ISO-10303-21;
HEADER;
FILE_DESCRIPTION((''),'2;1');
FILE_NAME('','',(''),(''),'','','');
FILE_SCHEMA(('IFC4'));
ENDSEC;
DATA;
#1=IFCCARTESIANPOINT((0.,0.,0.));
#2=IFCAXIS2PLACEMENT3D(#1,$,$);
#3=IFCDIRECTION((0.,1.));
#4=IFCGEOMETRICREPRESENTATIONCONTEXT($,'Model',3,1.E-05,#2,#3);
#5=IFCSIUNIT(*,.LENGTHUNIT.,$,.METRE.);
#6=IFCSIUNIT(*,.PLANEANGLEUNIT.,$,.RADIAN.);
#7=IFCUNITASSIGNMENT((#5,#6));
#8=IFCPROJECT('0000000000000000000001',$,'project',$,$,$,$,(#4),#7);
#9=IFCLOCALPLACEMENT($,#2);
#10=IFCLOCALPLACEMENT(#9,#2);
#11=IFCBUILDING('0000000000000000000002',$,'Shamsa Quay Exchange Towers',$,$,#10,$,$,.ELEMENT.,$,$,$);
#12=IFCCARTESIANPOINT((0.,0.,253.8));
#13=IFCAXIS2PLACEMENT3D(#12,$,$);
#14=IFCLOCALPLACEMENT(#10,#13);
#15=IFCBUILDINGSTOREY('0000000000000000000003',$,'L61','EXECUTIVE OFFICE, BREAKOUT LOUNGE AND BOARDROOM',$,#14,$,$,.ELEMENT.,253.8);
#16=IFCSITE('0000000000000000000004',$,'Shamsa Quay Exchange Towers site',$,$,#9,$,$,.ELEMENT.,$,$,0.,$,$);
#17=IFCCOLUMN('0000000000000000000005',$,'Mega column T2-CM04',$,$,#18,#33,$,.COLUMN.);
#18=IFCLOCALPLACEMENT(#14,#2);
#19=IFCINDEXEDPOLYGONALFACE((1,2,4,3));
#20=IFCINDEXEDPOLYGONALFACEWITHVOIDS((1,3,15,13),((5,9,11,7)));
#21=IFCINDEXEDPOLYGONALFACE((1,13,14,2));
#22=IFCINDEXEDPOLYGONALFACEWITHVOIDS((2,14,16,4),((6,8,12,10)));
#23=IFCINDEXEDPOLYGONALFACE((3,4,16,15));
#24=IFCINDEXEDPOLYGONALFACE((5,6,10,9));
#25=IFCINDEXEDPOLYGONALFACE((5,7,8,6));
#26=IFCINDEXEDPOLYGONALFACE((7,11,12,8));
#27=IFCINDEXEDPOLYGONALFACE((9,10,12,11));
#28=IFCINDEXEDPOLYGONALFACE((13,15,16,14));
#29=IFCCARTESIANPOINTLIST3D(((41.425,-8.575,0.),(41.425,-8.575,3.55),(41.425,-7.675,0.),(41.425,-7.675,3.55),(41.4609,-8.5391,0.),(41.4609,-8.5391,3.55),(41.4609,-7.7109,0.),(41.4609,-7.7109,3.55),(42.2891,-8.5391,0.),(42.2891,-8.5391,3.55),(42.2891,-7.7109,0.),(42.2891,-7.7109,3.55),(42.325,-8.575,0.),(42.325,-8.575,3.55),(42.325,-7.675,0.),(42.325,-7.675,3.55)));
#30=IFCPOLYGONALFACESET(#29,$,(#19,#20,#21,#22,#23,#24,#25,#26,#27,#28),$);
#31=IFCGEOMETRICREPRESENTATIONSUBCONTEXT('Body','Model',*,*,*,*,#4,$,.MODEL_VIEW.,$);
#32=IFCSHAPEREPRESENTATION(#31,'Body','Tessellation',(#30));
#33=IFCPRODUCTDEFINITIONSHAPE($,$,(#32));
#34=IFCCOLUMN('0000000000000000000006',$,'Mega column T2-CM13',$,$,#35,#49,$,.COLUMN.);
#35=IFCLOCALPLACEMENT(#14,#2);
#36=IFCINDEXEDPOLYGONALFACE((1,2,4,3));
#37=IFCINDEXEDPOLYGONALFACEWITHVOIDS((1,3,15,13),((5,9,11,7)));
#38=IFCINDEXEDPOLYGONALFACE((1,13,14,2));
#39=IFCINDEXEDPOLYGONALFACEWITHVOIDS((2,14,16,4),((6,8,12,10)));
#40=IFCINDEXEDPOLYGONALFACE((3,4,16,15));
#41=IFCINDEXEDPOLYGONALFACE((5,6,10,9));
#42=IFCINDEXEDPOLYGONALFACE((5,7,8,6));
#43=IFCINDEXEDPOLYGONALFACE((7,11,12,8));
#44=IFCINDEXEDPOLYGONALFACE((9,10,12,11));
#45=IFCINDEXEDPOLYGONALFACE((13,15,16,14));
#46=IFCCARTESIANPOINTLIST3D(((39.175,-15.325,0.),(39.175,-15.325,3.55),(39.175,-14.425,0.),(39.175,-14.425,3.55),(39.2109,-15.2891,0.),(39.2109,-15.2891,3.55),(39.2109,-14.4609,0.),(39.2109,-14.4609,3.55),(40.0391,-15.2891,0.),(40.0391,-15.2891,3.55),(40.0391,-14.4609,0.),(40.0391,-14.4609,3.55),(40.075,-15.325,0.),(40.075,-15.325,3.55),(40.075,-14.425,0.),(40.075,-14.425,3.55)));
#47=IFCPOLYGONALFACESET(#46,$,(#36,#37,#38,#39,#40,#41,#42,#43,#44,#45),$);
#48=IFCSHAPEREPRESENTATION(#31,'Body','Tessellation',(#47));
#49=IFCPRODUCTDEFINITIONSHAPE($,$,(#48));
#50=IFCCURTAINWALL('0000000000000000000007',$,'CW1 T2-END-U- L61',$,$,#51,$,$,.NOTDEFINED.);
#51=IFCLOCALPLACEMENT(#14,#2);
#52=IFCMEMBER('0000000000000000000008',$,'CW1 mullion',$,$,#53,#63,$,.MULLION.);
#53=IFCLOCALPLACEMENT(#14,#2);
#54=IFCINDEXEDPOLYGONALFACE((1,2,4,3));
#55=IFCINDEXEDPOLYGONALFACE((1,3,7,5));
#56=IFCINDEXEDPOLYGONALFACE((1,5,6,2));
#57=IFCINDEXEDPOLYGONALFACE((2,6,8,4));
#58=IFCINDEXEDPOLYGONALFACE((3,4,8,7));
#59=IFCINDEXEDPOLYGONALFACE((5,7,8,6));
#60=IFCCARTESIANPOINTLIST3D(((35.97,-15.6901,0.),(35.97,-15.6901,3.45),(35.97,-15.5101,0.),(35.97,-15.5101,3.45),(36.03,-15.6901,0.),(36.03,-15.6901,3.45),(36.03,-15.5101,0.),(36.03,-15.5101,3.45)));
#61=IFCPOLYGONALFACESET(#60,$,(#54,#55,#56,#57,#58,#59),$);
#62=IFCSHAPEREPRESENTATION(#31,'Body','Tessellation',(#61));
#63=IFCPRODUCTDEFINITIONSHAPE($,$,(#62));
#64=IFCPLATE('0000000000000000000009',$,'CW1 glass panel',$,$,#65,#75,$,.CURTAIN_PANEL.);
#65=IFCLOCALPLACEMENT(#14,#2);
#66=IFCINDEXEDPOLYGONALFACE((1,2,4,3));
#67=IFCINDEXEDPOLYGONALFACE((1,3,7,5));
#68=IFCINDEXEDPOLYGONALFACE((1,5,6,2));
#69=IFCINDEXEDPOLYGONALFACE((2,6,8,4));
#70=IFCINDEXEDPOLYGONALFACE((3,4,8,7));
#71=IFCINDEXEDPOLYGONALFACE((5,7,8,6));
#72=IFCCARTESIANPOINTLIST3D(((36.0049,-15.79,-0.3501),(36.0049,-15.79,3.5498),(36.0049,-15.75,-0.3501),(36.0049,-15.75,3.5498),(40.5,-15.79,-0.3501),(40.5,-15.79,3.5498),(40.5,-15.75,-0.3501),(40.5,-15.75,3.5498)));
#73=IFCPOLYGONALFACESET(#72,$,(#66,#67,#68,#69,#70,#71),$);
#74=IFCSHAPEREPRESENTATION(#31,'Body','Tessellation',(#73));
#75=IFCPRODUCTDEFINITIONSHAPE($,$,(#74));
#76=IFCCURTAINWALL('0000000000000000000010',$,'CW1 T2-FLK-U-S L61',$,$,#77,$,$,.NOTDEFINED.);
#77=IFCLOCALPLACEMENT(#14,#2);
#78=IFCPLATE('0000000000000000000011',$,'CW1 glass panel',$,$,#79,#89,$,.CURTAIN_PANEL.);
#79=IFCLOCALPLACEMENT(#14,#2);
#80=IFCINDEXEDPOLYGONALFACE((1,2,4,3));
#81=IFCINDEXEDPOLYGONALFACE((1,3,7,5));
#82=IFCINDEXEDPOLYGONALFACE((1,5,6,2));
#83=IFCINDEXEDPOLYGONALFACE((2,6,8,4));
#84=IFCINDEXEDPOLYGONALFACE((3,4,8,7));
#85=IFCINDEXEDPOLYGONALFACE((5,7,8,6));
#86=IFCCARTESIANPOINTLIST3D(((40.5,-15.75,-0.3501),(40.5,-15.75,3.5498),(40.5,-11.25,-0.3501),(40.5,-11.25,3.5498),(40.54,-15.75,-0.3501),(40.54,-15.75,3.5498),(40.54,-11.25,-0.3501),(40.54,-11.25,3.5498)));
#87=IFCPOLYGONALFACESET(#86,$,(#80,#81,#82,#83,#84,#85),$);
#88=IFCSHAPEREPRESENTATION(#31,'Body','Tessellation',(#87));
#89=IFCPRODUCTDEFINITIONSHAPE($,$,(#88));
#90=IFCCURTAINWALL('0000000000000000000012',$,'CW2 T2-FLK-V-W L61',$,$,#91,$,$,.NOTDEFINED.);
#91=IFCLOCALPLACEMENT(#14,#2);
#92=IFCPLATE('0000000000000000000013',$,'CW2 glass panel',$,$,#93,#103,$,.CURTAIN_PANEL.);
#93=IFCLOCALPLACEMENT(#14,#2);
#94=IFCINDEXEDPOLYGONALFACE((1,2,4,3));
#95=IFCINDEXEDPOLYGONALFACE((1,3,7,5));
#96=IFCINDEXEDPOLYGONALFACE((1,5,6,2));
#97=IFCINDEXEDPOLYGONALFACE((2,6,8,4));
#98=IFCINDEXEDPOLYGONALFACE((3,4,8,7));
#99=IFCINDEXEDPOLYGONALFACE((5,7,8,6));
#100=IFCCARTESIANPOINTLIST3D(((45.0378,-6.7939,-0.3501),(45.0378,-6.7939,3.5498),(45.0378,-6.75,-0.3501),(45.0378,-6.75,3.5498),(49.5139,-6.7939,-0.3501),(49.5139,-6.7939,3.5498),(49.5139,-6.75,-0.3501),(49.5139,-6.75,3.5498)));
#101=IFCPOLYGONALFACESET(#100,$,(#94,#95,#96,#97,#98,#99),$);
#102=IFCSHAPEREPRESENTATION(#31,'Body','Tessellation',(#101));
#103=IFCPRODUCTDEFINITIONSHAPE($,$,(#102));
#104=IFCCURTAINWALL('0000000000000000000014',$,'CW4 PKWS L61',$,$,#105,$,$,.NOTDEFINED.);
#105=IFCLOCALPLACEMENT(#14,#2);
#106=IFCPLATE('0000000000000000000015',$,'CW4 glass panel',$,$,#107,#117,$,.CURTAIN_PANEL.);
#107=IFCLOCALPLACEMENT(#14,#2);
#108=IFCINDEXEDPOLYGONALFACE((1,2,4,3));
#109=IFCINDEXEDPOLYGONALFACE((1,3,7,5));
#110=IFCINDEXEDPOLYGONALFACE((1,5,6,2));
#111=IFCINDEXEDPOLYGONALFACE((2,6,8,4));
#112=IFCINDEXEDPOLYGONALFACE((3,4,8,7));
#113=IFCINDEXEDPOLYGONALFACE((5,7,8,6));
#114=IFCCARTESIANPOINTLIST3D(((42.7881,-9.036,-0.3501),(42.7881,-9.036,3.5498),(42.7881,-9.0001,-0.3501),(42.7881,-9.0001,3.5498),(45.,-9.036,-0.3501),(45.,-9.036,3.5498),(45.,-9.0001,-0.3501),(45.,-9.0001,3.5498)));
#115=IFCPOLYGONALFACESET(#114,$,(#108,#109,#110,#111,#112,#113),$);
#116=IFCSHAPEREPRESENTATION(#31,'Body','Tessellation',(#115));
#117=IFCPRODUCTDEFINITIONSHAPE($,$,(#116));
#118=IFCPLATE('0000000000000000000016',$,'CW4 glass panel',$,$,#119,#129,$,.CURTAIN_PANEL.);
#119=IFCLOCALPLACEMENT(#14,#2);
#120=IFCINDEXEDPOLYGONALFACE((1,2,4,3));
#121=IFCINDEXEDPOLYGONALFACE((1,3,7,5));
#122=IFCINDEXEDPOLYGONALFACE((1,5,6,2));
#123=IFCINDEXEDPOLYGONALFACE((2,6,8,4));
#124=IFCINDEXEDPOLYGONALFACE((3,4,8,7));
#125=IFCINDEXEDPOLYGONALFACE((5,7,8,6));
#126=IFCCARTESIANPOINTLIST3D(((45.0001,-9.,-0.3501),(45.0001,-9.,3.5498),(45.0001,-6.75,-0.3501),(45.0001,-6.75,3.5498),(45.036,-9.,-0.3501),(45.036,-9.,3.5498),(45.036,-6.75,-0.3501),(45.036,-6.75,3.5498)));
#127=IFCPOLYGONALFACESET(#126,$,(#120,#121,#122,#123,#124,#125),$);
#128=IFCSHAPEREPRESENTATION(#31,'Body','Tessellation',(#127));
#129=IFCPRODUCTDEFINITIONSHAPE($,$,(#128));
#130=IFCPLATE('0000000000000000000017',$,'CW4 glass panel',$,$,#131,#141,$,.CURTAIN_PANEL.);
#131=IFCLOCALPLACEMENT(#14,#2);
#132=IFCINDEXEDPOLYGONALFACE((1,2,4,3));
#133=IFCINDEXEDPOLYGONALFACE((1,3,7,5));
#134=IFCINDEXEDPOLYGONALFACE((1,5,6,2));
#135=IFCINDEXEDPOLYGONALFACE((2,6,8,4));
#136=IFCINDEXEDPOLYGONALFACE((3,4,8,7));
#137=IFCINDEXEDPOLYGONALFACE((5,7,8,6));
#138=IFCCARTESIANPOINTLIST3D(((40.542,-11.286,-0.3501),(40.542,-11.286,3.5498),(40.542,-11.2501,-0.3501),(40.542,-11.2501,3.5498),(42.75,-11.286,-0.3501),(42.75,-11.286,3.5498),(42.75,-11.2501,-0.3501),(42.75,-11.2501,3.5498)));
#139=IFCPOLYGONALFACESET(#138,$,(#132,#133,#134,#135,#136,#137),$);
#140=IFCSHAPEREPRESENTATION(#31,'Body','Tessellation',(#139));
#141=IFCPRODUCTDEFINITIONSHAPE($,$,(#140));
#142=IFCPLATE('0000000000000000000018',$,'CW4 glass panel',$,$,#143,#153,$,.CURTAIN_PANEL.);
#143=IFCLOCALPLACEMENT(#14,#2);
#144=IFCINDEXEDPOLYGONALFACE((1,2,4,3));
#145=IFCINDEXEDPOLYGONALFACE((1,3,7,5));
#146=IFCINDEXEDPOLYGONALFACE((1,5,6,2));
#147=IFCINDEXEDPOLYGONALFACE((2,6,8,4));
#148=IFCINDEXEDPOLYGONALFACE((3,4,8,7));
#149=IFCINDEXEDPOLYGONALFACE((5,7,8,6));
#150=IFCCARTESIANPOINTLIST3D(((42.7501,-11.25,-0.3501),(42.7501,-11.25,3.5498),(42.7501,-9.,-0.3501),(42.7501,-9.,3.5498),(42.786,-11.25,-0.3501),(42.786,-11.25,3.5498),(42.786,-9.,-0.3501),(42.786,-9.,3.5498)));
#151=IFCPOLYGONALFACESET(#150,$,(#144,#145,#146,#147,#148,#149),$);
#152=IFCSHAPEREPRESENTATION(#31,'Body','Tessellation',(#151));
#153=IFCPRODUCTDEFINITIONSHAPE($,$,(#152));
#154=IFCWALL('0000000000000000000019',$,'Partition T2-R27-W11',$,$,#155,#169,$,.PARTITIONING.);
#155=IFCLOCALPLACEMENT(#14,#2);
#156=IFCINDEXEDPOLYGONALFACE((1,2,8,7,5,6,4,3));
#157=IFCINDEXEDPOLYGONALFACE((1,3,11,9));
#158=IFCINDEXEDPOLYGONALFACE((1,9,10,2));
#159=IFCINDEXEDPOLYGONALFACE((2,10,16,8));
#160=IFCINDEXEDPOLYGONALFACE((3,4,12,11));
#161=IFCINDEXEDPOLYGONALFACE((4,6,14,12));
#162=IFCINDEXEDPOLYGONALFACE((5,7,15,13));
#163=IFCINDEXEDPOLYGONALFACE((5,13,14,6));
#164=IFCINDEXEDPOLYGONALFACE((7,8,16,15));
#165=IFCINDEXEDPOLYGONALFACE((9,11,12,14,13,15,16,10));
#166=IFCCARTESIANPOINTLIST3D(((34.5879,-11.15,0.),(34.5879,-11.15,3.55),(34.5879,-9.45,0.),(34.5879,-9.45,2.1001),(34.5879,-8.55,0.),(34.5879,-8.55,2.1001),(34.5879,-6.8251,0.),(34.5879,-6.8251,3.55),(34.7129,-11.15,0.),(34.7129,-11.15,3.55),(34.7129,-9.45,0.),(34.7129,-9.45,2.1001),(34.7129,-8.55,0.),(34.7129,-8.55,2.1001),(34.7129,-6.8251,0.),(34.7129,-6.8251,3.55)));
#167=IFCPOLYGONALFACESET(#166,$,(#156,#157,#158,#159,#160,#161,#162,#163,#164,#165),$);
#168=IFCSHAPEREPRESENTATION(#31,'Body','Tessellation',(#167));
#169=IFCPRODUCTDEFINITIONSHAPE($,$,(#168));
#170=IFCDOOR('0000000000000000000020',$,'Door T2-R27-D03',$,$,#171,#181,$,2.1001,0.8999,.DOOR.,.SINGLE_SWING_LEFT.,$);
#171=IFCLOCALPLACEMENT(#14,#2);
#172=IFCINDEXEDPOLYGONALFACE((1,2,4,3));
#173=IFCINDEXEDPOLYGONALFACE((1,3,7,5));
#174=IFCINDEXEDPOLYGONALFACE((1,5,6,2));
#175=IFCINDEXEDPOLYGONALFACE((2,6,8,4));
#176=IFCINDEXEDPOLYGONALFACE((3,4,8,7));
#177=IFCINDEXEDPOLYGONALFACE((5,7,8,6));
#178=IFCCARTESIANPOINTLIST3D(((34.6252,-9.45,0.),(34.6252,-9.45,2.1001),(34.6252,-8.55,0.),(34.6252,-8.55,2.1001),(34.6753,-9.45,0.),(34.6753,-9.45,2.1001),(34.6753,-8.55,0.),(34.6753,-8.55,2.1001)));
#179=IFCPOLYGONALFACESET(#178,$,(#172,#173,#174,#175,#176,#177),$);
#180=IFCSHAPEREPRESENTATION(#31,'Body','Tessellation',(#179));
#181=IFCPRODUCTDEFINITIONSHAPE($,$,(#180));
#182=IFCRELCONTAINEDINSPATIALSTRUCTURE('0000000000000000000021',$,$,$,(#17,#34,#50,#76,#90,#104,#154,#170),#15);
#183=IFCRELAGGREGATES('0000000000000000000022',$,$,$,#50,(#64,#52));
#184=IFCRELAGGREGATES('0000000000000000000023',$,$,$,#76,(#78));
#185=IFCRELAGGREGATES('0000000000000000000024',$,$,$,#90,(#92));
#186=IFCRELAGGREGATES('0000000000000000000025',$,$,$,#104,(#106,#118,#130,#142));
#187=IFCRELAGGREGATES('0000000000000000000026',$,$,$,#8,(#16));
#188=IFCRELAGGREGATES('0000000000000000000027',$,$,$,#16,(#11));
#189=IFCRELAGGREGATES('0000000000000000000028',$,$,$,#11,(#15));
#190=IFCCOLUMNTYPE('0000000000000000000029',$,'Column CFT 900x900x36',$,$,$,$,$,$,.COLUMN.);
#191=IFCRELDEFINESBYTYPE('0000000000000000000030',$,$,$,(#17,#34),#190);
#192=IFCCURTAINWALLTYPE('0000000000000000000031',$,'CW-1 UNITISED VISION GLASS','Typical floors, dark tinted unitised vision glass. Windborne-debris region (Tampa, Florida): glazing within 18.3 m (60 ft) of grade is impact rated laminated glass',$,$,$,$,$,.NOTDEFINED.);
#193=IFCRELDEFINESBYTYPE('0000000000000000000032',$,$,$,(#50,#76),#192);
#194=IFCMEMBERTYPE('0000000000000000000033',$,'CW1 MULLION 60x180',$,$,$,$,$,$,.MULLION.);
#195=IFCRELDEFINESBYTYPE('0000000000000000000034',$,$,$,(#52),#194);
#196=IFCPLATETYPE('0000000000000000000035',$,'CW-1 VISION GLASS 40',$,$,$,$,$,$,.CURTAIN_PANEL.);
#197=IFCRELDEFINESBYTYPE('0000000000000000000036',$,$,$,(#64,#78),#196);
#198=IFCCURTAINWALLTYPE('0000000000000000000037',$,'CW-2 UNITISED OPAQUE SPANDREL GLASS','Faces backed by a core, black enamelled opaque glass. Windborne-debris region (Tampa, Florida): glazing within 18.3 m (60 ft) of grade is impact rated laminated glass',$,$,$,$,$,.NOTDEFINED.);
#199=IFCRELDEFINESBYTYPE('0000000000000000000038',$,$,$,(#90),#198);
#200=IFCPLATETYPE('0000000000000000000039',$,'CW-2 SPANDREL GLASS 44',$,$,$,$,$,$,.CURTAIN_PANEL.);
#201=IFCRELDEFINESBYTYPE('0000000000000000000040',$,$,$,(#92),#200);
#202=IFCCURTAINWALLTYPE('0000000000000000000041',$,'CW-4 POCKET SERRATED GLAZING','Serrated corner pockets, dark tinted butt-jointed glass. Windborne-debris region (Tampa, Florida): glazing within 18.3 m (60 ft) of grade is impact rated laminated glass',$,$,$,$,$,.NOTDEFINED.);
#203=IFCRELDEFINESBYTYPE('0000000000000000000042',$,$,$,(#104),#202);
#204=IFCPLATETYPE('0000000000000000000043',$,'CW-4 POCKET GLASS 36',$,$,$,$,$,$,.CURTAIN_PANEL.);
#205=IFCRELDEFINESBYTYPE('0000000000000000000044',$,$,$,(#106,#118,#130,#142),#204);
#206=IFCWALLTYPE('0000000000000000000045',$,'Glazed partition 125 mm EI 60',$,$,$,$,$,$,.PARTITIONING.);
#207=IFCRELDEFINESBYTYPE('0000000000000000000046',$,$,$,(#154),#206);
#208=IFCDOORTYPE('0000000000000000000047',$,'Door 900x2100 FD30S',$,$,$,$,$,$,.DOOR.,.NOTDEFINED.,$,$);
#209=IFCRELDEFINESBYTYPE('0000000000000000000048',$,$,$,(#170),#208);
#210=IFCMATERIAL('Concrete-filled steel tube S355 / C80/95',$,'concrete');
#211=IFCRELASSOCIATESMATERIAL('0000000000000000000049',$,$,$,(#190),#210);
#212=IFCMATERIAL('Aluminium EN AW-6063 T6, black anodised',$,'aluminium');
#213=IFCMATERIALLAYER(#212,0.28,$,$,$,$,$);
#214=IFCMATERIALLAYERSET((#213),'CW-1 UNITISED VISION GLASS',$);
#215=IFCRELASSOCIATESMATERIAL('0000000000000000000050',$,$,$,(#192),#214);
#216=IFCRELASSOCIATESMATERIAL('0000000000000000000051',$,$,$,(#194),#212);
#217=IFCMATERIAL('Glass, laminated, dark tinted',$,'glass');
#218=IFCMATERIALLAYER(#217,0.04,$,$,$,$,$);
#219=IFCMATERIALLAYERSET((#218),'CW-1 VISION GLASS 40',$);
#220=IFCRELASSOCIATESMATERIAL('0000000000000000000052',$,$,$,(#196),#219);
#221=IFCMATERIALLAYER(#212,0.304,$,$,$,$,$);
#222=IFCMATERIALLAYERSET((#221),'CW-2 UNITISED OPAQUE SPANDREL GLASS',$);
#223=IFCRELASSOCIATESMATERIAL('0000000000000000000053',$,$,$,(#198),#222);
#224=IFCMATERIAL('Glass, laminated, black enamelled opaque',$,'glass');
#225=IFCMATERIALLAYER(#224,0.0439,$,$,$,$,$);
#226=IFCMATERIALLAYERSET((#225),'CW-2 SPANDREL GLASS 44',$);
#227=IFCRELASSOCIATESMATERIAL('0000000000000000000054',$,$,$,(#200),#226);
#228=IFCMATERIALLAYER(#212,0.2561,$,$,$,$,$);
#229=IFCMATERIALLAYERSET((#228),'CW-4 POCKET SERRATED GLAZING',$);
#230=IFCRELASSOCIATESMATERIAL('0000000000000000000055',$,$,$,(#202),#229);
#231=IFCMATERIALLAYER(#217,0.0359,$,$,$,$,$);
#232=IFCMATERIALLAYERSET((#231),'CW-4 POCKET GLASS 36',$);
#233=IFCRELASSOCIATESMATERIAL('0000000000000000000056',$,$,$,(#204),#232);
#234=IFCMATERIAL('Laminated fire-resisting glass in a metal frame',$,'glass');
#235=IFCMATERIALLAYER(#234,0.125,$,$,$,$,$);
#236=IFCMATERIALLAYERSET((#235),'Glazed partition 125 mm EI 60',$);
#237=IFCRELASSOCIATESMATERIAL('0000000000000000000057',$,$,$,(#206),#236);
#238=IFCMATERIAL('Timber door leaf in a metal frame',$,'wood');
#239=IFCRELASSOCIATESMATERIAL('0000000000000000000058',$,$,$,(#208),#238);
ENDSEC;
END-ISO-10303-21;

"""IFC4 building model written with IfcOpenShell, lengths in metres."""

from ifc_helpers import new_model, si_unit, direction, frame, frame_2d, origin, origin_2d, place, context, subcontext, project, spatial, rectangle, hollow_rectangle, extrude, material, layer, layer_set, material_profile, profile_set, type_object, element, fill, aggregate, save


model = new_model("IFC4")

# Units and contexts
model_context = context("Model", 3, precision=1e-05, world=origin(), true_north=direction((0.0, 1.0)))
body_context = subcontext(model_context, "Body", "Model", "MODEL_VIEW")
ifc_project = project(units=[si_unit("LENGTHUNIT", "METRE"), si_unit("PLANEANGLEUNIT", "RADIAN")], contexts=[model_context])

# Site, building, storey
site_placement = place(None, origin())
site = spatial("IfcSite", under=ifc_project, at=site_placement, Name="Shamsa Quay Exchange Towers site", CompositionType="ELEMENT", RefElevation=0.0)
building_placement = place(site_placement, origin())
building = spatial("IfcBuilding", under=site, at=building_placement, Name="Shamsa Quay Exchange Towers", CompositionType="ELEMENT")
storey_placement = place(building_placement, frame((0.0, 0.0, 253.8)))
storey = spatial("IfcBuildingStorey", under=building, at=storey_placement, Name="L61", Description="EXECUTIVE OFFICE, BREAKOUT LOUNGE AND BOARDROOM", CompositionType="ELEMENT", Elevation=253.8)

# Columns
ifc_material_1 = material(Name="Concrete-filled steel tube S355 / C80/95", Category="concrete")
ifc_material_profile_1 = material_profile(ifc_material_1, hollow_rectangle(XDim=0.8999, YDim=0.8999, WallThickness=0.0359, at=origin_2d()), Name="CFT 900x900x36")
ifc_profile_set_1 = profile_set([ifc_material_profile_1], Name="Concrete-filled steel tube S355 / C80/95")
column_type = type_object("IfcColumnType", Name="Column CFT 900x900x36", PredefinedType="COLUMN", material=ifc_profile_set_1)
for number, where, name in (
    (1, (41.875, -8.125, 0.0), "Mega column T2-CM04"),
    (2, (39.625, -14.875, 0.0), "Mega column T2-CM13"),
):
    element("IfcColumn", number, at=place(storey_placement, frame(where)), inside=storey, type_object=column_type, Name=name, PredefinedType="COLUMN", context=body_context, shape_type="SweptSolid", body=[
        extrude(hollow_rectangle(XDim=0.8999, YDim=0.8999, WallThickness=0.0359, at=origin_2d()), origin(), (0.0, 0.0, 1.0), 3.55),
    ])

# Curtain wall, member, plate
ifc_material_2 = material(Name="Aluminium EN AW-6063 T6, black anodised", Category="aluminium")
ifc_layer_1 = layer(ifc_material_2, 0.28)
ifc_layer_set_1 = layer_set([ifc_layer_1], Name="CW-1 UNITISED VISION GLASS")
curtain_wall_type_1 = type_object("IfcCurtainWallType", Name="CW-1 UNITISED VISION GLASS", Description="Typical floors, dark tinted unitised vision glass. Windborne-debris region (Tampa, Florida): glazing within 18.3 m (60 ft) of grade is impact rated laminated glass", PredefinedType="NOTDEFINED", material=ifc_layer_set_1)
curtain_wall_1_placement = place(storey_placement, origin())
curtain_wall_1 = element("IfcCurtainWall", 3, at=curtain_wall_1_placement, inside=storey, type_object=curtain_wall_type_1, Name="CW1 T2-END-U- L61", PredefinedType="NOTDEFINED")
ifc_material_profile_2 = material_profile(ifc_material_2, rectangle(XDim=0.1799, YDim=0.0601, at=origin_2d()), Name="MU60x180")
ifc_profile_set_2 = profile_set([ifc_material_profile_2], Name="Aluminium EN AW-6063 T6, black anodised")
member_type = type_object("IfcMemberType", Name="CW1 MULLION 60x180", PredefinedType="MULLION", material=ifc_profile_set_2)
member_placement = place(storey_placement, frame((36.0, -15.6001, 0.0), z_axis=(0.0, 0.0, 1.0), x_axis=(0.0, 1.0, 0.0)))
member = element("IfcMember", 4, at=member_placement, type_object=member_type, Name="CW1 mullion", PredefinedType="MULLION", context=body_context, shape_type="SweptSolid", body=[
    extrude(rectangle(XDim=0.1799, YDim=0.0601, at=origin_2d()), origin(), (0.0, 0.0, 1.0), 3.45),
])
ifc_material_3 = material(Name="Glass, laminated, dark tinted", Category="glass")
ifc_layer_2 = layer(ifc_material_3, 0.04)
ifc_layer_set_2 = layer_set([ifc_layer_2], Name="CW-1 VISION GLASS 40")
plate_type_1 = type_object("IfcPlateType", Name="CW-1 VISION GLASS 40", PredefinedType="CURTAIN_PANEL", material=ifc_layer_set_2)
plate_1_placement = place(storey_placement, frame((38.2524, -15.77, -0.3501)))
plate_1 = element("IfcPlate", 5, at=plate_1_placement, type_object=plate_type_1, Name="CW1 glass panel", PredefinedType="CURTAIN_PANEL", context=body_context, shape_type="SweptSolid", body=[
    extrude(rectangle(XDim=4.4951, YDim=0.04, at=origin_2d()), origin(), (0.0, 0.0, 1.0), 3.8999),
])
aggregate(curtain_wall_1, [plate_1, member])

# Curtain walls, plates
curtain_wall_2_placement = place(storey_placement, origin())
curtain_wall_2 = element("IfcCurtainWall", 6, at=curtain_wall_2_placement, inside=storey, type_object=curtain_wall_type_1, Name="CW1 T2-FLK-U-S L61", PredefinedType="NOTDEFINED")
plate_2_placement = place(storey_placement, frame((40.52, -13.5, -0.3501), z_axis=(0.0, 0.0, 1.0), x_axis=(0.0, 1.0, 0.0)))
plate_2 = element("IfcPlate", 7, at=plate_2_placement, type_object=plate_type_1, Name="CW1 glass panel", PredefinedType="CURTAIN_PANEL", context=body_context, shape_type="SweptSolid", body=[
    extrude(rectangle(XDim=4.5, YDim=0.04, at=origin_2d()), origin(), (0.0, 0.0, 1.0), 3.8999),
])
aggregate(curtain_wall_2, [plate_2])
ifc_layer_3 = layer(ifc_material_2, 0.304)
ifc_layer_set_3 = layer_set([ifc_layer_3], Name="CW-2 UNITISED OPAQUE SPANDREL GLASS")
curtain_wall_type_2 = type_object("IfcCurtainWallType", Name="CW-2 UNITISED OPAQUE SPANDREL GLASS", Description="Faces backed by a core, black enamelled opaque glass. Windborne-debris region (Tampa, Florida): glazing within 18.3 m (60 ft) of grade is impact rated laminated glass", PredefinedType="NOTDEFINED", material=ifc_layer_set_3)
curtain_wall_3_placement = place(storey_placement, origin())
curtain_wall_3 = element("IfcCurtainWall", 8, at=curtain_wall_3_placement, inside=storey, type_object=curtain_wall_type_2, Name="CW2 T2-FLK-V-W L61", PredefinedType="NOTDEFINED")
ifc_material_4 = material(Name="Glass, laminated, black enamelled opaque", Category="glass")
ifc_layer_4 = layer(ifc_material_4, 0.0439)
ifc_layer_set_4 = layer_set([ifc_layer_4], Name="CW-2 SPANDREL GLASS 44")
plate_type_2 = type_object("IfcPlateType", Name="CW-2 SPANDREL GLASS 44", PredefinedType="CURTAIN_PANEL", material=ifc_layer_set_4)
plate_3_placement = place(storey_placement, frame((47.2759, -6.772, -0.3501)))
plate_3 = element("IfcPlate", 9, at=plate_3_placement, type_object=plate_type_2, Name="CW2 glass panel", PredefinedType="CURTAIN_PANEL", context=body_context, shape_type="SweptSolid", body=[
    extrude(rectangle(XDim=4.4761, YDim=0.0439, at=origin_2d()), origin(), (0.0, 0.0, 1.0), 3.8999),
])
aggregate(curtain_wall_3, [plate_3])

# Curtain wall, plates
ifc_layer_5 = layer(ifc_material_2, 0.2561)
ifc_layer_set_5 = layer_set([ifc_layer_5], Name="CW-4 POCKET SERRATED GLAZING")
curtain_wall_type_3 = type_object("IfcCurtainWallType", Name="CW-4 POCKET SERRATED GLAZING", Description="Serrated corner pockets, dark tinted butt-jointed glass. Windborne-debris region (Tampa, Florida): glazing within 18.3 m (60 ft) of grade is impact rated laminated glass", PredefinedType="NOTDEFINED", material=ifc_layer_set_5)
curtain_wall_4_placement = place(storey_placement, origin())
curtain_wall_4 = element("IfcCurtainWall", 10, at=curtain_wall_4_placement, inside=storey, type_object=curtain_wall_type_3, Name="CW4 PKWS L61", PredefinedType="NOTDEFINED")
ifc_layer_6 = layer(ifc_material_3, 0.0359)
ifc_layer_set_6 = layer_set([ifc_layer_6], Name="CW-4 POCKET GLASS 36")
plate_type_3 = type_object("IfcPlateType", Name="CW-4 POCKET GLASS 36", PredefinedType="CURTAIN_PANEL", material=ifc_layer_set_6)
plate_4_placement = place(storey_placement, frame((43.894, -9.0181, -0.3501)))
plate_4 = element("IfcPlate", 11, at=plate_4_placement, type_object=plate_type_3, Name="CW4 glass panel", PredefinedType="CURTAIN_PANEL", context=body_context, shape_type="SweptSolid", body=[
    extrude(rectangle(XDim=2.2119, YDim=0.0359, at=origin_2d()), origin(), (0.0, 0.0, 1.0), 3.8999),
])
plate_5_placement = place(storey_placement, frame((45.0181, -7.875, -0.3501), z_axis=(0.0, 0.0, 1.0), x_axis=(0.0, 1.0, 0.0)))
plate_5 = element("IfcPlate", 12, at=plate_5_placement, type_object=plate_type_3, Name="CW4 glass panel", PredefinedType="CURTAIN_PANEL", context=body_context, shape_type="SweptSolid", body=[
    extrude(rectangle(XDim=2.25, YDim=0.0359, at=origin_2d()), origin(), (0.0, 0.0, 1.0), 3.8999),
])
plate_6_placement = place(storey_placement, frame((41.646, -11.2681, -0.3501)))
plate_6 = element("IfcPlate", 13, at=plate_6_placement, type_object=plate_type_3, Name="CW4 glass panel", PredefinedType="CURTAIN_PANEL", context=body_context, shape_type="SweptSolid", body=[
    extrude(rectangle(XDim=2.208, YDim=0.0359, at=origin_2d()), origin(), (0.0, 0.0, 1.0), 3.8999),
])
plate_7_placement = place(storey_placement, frame((42.7681, -10.125, -0.3501), z_axis=(0.0, 0.0, 1.0), x_axis=(0.0, 1.0, 0.0)))
plate_7 = element("IfcPlate", 14, at=plate_7_placement, type_object=plate_type_3, Name="CW4 glass panel", PredefinedType="CURTAIN_PANEL", context=body_context, shape_type="SweptSolid", body=[
    extrude(rectangle(XDim=2.25, YDim=0.0359, at=origin_2d()), origin(), (0.0, 0.0, 1.0), 3.8999),
])
aggregate(curtain_wall_4, [plate_4, plate_5, plate_6, plate_7])

# Shared definitions
ifc_material_5 = material(Name="Timber door leaf in a metal frame", Category="wood")

# Wall, opening, door
ifc_material_6 = material(Name="Laminated fire-resisting glass in a metal frame", Category="glass")
ifc_layer_7 = layer(ifc_material_6, 0.125)
ifc_layer_set_7 = layer_set([ifc_layer_7], Name="Glazed partition 125 mm EI 60")
wall_type_1 = type_object("IfcWallType", Name="Glazed partition 125 mm EI 60", PredefinedType="PARTITIONING", material=ifc_layer_set_7)
wall_1_placement = place(storey_placement, frame((34.6504, -6.825, 0.0), z_axis=(0.0, 0.0, 1.0), x_axis=(0.0, -1.0, 0.0)))
wall_1 = element("IfcWall", 15, at=wall_1_placement, inside=storey, type_object=wall_type_1, Name="Partition T2-R27-W11", PredefinedType="PARTITIONING", context=body_context, shape_type="SweptSolid", body=[
    extrude(rectangle(XDim=4.325, YDim=0.125, at=frame_2d((2.1626, 0.0))), origin(), (0.0, 0.0, 1.0), 3.55),
])
opening_1_placement = place(wall_1_placement, frame((1.7251, 0.0, 0.0)))
opening_1 = element("IfcOpeningElement", 16, at=opening_1_placement, cuts=wall_1, PredefinedType="OPENING", context=body_context, shape_type="SweptSolid", body=[
    extrude(rectangle(XDim=0.8999, YDim=2.1001, at=frame_2d((0.45, 1.05))), frame((0.0, 0.0725, 0.0), z_axis=(0.0, -1.0, 0.0), x_axis=(1.0, 0.0, 0.0)), (0.0, 0.0, 1.0), 0.145),
])
door_type_1 = type_object("IfcDoorType", Name="Door 900x2100 FD30S", OperationType="NOTDEFINED", PredefinedType="DOOR", material=ifc_material_5)
door_1_placement = place(opening_1_placement, origin())
door_1 = element("IfcDoor", 17, at=door_1_placement, inside=storey, type_object=door_type_1, Name="Door T2-R27-D03", OperationType="SINGLE_SWING_LEFT", OverallHeight=2.1001, OverallWidth=0.8999, PredefinedType="DOOR", context=body_context, shape_type="SweptSolid", body=[
    extrude(rectangle(XDim=0.8999, YDim=2.1001, at=frame_2d((0.45, 1.05))), frame((0.0, 0.0249, 0.0), z_axis=(0.0, -1.0, 0.0), x_axis=(1.0, 0.0, 0.0)), (0.0, 0.0, 1.0), 0.05),
])
fill(opening_1, door_1)

save(model, "model.ifc")
